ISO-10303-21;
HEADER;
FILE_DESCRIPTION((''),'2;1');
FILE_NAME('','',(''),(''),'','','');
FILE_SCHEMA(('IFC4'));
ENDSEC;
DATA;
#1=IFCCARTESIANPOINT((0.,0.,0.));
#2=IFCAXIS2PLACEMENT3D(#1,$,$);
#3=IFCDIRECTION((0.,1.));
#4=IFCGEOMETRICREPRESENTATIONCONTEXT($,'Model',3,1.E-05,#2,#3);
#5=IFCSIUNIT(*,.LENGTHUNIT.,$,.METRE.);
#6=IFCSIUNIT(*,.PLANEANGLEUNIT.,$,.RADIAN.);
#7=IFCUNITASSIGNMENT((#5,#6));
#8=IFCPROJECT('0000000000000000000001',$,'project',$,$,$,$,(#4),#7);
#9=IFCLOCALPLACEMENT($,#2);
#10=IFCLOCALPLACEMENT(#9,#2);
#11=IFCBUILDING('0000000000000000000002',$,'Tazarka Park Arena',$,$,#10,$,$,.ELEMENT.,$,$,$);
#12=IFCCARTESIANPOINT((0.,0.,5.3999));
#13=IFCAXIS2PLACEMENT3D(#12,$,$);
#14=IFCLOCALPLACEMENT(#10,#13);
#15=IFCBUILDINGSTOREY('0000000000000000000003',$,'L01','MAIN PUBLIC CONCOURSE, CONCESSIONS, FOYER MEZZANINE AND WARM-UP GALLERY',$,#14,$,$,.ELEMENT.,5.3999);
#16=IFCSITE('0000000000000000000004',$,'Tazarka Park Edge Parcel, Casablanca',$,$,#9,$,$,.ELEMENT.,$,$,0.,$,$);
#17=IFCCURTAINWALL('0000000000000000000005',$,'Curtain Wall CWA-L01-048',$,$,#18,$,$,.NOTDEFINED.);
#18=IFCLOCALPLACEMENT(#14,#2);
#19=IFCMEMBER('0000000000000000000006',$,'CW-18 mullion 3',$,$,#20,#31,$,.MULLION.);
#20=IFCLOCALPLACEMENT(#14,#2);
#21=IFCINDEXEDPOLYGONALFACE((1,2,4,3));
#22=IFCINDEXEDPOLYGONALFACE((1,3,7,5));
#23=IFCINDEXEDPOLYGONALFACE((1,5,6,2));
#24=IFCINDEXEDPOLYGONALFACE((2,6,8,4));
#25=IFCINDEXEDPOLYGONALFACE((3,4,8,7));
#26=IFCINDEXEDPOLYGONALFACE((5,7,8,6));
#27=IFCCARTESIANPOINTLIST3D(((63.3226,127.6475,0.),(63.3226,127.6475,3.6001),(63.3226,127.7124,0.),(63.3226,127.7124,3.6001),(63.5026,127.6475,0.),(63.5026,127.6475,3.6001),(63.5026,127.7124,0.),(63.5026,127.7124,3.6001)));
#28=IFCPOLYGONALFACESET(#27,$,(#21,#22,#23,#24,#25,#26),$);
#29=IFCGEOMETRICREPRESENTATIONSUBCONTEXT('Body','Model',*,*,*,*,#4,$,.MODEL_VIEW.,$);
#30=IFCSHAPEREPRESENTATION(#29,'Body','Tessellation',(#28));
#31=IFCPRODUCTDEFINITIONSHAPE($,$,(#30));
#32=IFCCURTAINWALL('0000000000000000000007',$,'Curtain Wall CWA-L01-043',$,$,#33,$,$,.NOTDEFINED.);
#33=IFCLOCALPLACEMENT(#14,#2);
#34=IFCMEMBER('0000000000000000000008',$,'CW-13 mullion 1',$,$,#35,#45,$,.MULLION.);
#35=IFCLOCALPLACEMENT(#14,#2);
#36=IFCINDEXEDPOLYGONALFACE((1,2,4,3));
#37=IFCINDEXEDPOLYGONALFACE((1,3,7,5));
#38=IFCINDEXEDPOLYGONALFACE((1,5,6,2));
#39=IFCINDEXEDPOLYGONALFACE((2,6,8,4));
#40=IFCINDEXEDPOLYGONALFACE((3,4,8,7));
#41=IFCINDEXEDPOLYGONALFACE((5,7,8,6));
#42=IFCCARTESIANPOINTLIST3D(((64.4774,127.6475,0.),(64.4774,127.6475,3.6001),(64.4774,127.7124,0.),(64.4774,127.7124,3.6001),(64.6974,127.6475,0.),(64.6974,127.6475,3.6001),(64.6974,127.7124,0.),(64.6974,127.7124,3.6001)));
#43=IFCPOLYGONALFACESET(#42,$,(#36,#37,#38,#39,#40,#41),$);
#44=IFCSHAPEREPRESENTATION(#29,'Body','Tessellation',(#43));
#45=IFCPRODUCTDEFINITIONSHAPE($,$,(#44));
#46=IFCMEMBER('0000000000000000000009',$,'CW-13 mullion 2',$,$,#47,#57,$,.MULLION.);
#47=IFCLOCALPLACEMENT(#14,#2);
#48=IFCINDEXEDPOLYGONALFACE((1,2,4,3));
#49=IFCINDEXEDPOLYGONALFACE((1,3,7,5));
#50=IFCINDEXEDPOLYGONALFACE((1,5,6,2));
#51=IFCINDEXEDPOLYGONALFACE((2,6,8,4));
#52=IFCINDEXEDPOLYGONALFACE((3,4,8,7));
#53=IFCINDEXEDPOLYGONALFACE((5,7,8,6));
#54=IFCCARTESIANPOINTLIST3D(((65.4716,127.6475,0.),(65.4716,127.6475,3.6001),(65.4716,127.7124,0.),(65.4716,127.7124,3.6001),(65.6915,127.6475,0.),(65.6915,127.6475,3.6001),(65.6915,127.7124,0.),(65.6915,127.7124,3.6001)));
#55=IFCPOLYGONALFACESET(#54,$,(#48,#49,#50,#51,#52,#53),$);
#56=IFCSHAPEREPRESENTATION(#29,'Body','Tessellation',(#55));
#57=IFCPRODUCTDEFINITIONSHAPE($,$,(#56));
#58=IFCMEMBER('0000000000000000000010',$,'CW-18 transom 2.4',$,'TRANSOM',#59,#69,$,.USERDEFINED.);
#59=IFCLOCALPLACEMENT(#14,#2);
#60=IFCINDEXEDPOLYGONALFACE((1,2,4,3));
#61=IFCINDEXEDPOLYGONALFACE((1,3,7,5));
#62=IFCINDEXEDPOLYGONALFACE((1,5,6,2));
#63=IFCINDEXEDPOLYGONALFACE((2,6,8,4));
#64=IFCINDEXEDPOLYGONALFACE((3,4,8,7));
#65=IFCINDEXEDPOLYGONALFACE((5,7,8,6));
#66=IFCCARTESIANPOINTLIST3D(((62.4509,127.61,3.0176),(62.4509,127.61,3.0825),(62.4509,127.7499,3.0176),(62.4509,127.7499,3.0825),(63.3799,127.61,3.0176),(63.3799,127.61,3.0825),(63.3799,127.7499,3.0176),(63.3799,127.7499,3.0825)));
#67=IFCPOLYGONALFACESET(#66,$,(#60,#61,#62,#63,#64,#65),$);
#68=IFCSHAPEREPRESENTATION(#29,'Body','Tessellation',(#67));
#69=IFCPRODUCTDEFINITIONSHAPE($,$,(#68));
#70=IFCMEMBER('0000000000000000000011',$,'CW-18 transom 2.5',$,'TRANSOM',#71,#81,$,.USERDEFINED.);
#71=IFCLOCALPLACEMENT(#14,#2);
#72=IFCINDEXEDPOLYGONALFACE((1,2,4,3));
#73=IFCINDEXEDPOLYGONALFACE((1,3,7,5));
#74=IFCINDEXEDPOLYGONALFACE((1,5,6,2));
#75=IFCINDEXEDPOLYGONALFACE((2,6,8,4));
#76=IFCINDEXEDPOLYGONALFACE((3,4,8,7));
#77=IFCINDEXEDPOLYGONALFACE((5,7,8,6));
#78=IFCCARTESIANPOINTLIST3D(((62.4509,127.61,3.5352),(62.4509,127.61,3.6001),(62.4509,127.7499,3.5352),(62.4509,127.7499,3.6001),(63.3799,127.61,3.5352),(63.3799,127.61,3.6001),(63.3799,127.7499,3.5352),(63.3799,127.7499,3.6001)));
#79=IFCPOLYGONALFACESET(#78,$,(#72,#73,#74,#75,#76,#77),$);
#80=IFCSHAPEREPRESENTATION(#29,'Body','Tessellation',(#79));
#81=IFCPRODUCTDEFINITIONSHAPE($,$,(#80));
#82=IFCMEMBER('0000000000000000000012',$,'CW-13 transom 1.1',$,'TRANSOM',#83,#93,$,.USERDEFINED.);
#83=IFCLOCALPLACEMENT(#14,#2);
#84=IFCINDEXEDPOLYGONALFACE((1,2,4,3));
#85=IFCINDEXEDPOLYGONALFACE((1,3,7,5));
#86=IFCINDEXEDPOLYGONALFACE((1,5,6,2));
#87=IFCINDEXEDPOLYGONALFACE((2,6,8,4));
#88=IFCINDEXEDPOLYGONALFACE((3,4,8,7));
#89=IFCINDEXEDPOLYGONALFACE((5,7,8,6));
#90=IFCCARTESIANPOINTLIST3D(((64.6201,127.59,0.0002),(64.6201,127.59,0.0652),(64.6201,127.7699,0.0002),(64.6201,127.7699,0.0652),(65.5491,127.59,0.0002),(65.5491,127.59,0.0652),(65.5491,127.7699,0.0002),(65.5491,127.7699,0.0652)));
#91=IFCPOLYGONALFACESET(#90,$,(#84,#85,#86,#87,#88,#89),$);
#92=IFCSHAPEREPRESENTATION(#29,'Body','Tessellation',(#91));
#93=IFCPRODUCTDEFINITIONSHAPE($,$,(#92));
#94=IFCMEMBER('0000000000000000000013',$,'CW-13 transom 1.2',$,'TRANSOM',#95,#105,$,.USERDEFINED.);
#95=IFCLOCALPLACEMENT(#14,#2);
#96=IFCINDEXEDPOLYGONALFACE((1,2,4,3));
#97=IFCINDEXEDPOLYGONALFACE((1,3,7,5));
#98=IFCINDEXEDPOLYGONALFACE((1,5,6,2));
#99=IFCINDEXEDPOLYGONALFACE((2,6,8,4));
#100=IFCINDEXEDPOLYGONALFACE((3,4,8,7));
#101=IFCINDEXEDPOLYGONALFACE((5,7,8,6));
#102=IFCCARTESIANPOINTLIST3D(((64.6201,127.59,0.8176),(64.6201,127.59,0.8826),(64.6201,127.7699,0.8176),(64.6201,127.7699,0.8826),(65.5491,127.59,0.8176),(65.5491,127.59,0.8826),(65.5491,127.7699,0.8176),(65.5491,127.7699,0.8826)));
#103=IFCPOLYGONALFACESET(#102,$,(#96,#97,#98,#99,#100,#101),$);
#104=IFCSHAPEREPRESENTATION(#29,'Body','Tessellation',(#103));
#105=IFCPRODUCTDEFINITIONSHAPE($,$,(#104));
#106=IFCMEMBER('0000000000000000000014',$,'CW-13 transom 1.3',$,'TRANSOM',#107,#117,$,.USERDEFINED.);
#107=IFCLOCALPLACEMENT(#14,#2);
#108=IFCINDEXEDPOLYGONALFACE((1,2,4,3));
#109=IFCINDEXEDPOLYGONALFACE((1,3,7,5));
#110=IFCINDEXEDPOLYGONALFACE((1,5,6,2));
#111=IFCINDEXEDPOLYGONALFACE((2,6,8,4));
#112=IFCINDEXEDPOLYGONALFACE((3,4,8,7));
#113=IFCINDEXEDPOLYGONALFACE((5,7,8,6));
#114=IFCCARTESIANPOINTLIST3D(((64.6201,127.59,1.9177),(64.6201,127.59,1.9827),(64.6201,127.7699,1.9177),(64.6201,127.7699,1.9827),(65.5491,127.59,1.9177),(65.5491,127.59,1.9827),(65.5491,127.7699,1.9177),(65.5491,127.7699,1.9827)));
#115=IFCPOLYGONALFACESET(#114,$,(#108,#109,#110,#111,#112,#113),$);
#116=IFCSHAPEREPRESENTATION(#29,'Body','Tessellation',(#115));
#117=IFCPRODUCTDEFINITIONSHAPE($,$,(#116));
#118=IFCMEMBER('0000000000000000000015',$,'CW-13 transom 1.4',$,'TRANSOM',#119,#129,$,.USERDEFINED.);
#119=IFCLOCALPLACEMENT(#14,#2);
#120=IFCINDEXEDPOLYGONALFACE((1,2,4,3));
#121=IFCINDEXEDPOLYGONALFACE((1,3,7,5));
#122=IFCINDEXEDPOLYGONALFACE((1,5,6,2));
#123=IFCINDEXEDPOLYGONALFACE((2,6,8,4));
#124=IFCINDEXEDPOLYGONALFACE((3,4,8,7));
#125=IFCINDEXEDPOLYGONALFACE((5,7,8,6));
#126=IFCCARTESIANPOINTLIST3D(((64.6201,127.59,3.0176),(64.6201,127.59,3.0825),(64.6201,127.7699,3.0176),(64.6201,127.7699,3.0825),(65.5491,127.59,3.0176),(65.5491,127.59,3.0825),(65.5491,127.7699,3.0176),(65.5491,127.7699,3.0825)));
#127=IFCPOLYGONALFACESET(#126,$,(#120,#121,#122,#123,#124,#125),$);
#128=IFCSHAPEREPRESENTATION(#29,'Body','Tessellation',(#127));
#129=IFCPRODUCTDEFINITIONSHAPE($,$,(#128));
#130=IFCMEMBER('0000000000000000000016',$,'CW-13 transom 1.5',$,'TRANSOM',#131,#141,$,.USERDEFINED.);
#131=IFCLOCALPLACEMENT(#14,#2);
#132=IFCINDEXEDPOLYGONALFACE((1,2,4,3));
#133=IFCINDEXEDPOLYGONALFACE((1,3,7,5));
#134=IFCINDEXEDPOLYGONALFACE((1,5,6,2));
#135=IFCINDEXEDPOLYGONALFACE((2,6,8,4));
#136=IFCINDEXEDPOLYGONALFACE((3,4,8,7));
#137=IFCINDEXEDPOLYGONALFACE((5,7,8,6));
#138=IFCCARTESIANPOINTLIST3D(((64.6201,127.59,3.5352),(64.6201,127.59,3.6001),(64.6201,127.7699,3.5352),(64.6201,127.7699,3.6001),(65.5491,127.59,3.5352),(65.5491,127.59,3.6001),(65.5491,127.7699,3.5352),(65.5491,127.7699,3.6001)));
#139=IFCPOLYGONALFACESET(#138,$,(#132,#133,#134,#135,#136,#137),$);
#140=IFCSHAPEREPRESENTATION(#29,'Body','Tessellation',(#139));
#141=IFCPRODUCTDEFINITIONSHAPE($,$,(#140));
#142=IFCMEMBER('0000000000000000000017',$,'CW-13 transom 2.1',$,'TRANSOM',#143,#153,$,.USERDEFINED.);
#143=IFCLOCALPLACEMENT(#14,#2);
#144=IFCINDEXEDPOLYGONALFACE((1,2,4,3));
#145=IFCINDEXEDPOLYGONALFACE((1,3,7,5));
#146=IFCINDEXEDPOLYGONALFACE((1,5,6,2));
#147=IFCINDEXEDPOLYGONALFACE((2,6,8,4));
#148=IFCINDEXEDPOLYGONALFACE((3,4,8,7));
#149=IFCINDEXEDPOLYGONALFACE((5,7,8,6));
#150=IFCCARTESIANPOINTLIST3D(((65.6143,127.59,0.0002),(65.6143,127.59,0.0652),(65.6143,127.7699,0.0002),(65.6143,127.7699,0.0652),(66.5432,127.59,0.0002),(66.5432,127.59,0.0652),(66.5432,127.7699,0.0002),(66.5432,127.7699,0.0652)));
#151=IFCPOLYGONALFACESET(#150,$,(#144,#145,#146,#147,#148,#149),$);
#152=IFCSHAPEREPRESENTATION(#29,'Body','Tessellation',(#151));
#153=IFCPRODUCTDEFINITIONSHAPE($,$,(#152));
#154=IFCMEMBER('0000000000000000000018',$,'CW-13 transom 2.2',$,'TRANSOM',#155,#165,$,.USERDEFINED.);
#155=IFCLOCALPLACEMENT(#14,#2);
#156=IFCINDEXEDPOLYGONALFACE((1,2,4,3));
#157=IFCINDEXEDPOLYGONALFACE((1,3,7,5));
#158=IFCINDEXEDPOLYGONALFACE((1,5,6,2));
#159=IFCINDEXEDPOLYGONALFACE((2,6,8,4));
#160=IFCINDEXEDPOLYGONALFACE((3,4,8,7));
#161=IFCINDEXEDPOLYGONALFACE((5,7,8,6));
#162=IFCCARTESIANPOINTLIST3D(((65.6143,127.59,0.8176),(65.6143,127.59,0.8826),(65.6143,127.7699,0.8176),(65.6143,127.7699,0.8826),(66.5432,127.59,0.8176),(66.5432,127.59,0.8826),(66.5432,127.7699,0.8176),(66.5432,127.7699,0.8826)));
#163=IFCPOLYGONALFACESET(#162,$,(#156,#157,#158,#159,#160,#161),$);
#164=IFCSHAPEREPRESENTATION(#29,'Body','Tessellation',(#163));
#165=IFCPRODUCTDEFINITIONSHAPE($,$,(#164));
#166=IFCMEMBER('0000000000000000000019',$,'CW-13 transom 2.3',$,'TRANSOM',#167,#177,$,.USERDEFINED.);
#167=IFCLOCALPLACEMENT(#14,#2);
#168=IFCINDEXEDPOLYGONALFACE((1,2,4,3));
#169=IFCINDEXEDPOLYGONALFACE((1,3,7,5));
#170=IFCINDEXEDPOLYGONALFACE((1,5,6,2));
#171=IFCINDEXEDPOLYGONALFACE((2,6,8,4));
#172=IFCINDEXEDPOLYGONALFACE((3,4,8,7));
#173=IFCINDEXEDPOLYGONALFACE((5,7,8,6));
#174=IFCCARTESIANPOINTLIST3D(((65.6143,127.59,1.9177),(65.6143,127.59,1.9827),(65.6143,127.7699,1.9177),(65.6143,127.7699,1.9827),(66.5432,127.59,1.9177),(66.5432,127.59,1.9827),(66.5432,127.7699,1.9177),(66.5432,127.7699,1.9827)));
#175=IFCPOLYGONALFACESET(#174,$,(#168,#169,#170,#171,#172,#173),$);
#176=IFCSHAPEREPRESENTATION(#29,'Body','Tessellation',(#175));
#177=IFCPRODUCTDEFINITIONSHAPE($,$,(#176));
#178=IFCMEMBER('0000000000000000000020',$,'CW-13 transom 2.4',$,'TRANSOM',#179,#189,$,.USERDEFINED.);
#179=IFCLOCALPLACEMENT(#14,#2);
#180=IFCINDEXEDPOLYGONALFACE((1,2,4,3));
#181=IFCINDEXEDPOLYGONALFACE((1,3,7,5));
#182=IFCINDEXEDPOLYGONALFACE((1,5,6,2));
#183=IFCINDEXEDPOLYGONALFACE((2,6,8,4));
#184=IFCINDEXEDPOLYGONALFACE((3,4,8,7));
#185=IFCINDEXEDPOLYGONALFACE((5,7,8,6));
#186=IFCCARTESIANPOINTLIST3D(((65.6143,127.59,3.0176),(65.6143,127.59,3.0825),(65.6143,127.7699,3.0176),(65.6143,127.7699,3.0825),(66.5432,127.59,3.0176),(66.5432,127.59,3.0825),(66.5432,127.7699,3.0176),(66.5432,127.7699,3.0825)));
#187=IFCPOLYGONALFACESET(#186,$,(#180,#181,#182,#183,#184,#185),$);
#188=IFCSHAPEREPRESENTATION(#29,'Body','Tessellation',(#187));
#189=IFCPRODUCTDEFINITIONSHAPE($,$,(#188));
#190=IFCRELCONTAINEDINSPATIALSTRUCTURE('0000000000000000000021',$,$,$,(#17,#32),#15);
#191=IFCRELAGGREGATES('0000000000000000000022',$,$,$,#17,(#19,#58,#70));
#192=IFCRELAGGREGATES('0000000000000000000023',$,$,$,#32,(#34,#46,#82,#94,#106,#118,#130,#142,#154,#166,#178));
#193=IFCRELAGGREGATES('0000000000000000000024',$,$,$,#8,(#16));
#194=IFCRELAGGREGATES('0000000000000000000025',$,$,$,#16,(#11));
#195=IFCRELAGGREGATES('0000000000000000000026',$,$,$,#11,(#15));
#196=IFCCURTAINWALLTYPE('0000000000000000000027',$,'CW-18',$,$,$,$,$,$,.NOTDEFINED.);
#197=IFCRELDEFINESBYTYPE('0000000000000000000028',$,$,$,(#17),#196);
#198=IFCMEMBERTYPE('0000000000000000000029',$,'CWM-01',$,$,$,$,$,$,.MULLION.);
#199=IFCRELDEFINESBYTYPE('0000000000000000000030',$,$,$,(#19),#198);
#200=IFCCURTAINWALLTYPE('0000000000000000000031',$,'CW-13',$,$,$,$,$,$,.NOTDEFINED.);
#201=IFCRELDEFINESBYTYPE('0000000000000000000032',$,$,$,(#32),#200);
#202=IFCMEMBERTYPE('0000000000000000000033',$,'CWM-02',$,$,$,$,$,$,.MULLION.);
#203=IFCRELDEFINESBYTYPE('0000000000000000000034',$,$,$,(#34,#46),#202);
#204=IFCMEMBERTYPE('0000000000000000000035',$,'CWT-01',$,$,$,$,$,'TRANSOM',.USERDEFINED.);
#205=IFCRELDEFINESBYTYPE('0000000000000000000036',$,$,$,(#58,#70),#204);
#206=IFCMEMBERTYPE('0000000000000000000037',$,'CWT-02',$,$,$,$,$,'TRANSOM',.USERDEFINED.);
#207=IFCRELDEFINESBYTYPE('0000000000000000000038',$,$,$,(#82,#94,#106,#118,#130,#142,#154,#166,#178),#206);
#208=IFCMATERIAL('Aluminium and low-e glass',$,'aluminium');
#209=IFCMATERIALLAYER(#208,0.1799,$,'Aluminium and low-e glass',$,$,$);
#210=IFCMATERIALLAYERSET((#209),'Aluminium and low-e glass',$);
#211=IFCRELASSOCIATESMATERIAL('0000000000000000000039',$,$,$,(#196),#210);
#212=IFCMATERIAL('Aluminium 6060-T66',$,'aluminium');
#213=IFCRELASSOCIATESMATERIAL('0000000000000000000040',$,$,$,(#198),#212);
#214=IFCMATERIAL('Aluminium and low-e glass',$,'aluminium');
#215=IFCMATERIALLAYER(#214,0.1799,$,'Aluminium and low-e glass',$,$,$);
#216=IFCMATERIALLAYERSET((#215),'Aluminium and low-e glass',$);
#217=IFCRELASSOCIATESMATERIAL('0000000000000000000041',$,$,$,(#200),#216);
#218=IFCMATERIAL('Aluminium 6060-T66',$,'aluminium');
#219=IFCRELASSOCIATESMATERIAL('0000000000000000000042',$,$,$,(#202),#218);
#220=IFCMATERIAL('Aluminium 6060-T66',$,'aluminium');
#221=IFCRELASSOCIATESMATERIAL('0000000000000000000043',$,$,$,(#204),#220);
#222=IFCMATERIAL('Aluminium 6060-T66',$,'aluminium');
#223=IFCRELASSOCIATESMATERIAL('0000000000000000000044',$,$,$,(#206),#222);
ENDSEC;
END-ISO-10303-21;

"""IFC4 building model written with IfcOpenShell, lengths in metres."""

from ifc_helpers import new_model, si_unit, direction, frame, origin, origin_2d, place, context, subcontext, project, spatial, rectangle, extrude, material, layer, layer_set, material_profile, profile_set, type_object, element, aggregate, save


model = new_model("IFC4")

# Units and contexts
model_context = context("Model", 3, precision=1e-05, world=origin(), true_north=direction((0.0, 1.0)))
body_context = subcontext(model_context, "Body", "Model", "MODEL_VIEW")
ifc_project = project(units=[si_unit("LENGTHUNIT", "METRE"), si_unit("PLANEANGLEUNIT", "RADIAN")], contexts=[model_context])

# Site, building, storey
site_placement = place(None, origin())
site = spatial("IfcSite", under=ifc_project, at=site_placement, Name="Tazarka Park Edge Parcel, Casablanca", CompositionType="ELEMENT", RefElevation=0.0)
building_placement = place(site_placement, origin())
building = spatial("IfcBuilding", under=site, at=building_placement, Name="Tazarka Park Arena", CompositionType="ELEMENT")
storey_placement = place(building_placement, frame((0.0, 0.0, 5.3999)))
storey = spatial("IfcBuildingStorey", under=building, at=storey_placement, Name="L01", Description="MAIN PUBLIC CONCOURSE, CONCESSIONS, FOYER MEZZANINE AND WARM-UP GALLERY", CompositionType="ELEMENT", Elevation=5.3999)

# Curtain wall, member
ifc_material_1 = material(Name="Aluminium and low-e glass", Category="aluminium")
ifc_layer_1 = layer(ifc_material_1, 0.1799, Name="Aluminium and low-e glass")
ifc_layer_set_1 = layer_set([ifc_layer_1], Name="Aluminium and low-e glass")
curtain_wall_type_1 = type_object("IfcCurtainWallType", Name="CW-18", PredefinedType="NOTDEFINED", material=ifc_layer_set_1)
curtain_wall_1_placement = place(storey_placement, origin())
curtain_wall_1 = element("IfcCurtainWall", 1, at=curtain_wall_1_placement, inside=storey, type_object=curtain_wall_type_1, Name="Curtain Wall CWA-L01-048", PredefinedType="NOTDEFINED")
ifc_material_2 = material(Name="Aluminium 6060-T66", Category="aluminium")
ifc_material_profile_1 = material_profile(ifc_material_2, rectangle(XDim=0.0649, YDim=0.1799, at=origin_2d()), Name="Aluminium 6060-T66")
ifc_profile_set_1 = profile_set([ifc_material_profile_1], Name="Aluminium 6060-T66")
member_type_1 = type_object("IfcMemberType", Name="CWM-01", PredefinedType="MULLION", material=ifc_profile_set_1)
member_1_placement = place(storey_placement, frame((63.4126, 127.6799, 0.0), z_axis=(0.0, 0.0, 1.0), x_axis=(0.0, 1.0, 0.0)))
member_1 = element("IfcMember", 2, at=member_1_placement, type_object=member_type_1, Name="CW-18 mullion 3", PredefinedType="MULLION", context=body_context, shape_type="SweptSolid", body=[
    extrude(rectangle(XDim=0.0649, YDim=0.1799, at=origin_2d()), origin(), (0.0, 0.0, 1.0), 3.6001),
])

# Curtain wall, members
ifc_material_3 = material(Name="Aluminium and low-e glass", Category="aluminium")
ifc_layer_2 = layer(ifc_material_3, 0.1799, Name="Aluminium and low-e glass")
ifc_layer_set_2 = layer_set([ifc_layer_2], Name="Aluminium and low-e glass")
curtain_wall_type_2 = type_object("IfcCurtainWallType", Name="CW-13", PredefinedType="NOTDEFINED", material=ifc_layer_set_2)
curtain_wall_2_placement = place(storey_placement, origin())
curtain_wall_2 = element("IfcCurtainWall", 3, at=curtain_wall_2_placement, inside=storey, type_object=curtain_wall_type_2, Name="Curtain Wall CWA-L01-043", PredefinedType="NOTDEFINED")
ifc_material_4 = material(Name="Aluminium 6060-T66", Category="aluminium")
ifc_material_profile_2 = material_profile(ifc_material_4, rectangle(XDim=0.0649, YDim=0.22, at=origin_2d()), Name="Aluminium 6060-T66")
ifc_profile_set_2 = profile_set([ifc_material_profile_2], Name="Aluminium 6060-T66")
member_type_2 = type_object("IfcMemberType", Name="CWM-02", PredefinedType="MULLION", material=ifc_profile_set_2)
member_2_placement = place(storey_placement, frame((64.5874, 127.6799, 0.0), z_axis=(0.0, 0.0, 1.0), x_axis=(0.0, 1.0, 0.0)))
member_2 = element("IfcMember", 4, at=member_2_placement, type_object=member_type_2, Name="CW-13 mullion 1", PredefinedType="MULLION", context=body_context, shape_type="SweptSolid", body=[
    extrude(rectangle(XDim=0.0649, YDim=0.22, at=origin_2d()), origin(), (0.0, 0.0, 1.0), 3.6001),
])
member_3_placement = place(storey_placement, frame((65.5815, 127.6799, 0.0), z_axis=(0.0, 0.0, 1.0), x_axis=(0.0, 1.0, 0.0)))
member_3 = element("IfcMember", 5, at=member_3_placement, type_object=member_type_2, Name="CW-13 mullion 2", PredefinedType="MULLION", context=body_context, shape_type="SweptSolid", body=[
    extrude(rectangle(XDim=0.0649, YDim=0.22, at=origin_2d()), origin(), (0.0, 0.0, 1.0), 3.6001),
])

# Members
ifc_material_5 = material(Name="Aluminium 6060-T66", Category="aluminium")
ifc_material_profile_3 = material_profile(ifc_material_5, rectangle(XDim=0.1399, YDim=0.0649, at=origin_2d()), Name="Aluminium 6060-T66")
ifc_profile_set_3 = profile_set([ifc_material_profile_3], Name="Aluminium 6060-T66")
member_type_3 = type_object("IfcMemberType", Name="CWT-01", ElementType="TRANSOM", PredefinedType="USERDEFINED", material=ifc_profile_set_3)
member_4_placement = place(storey_placement, frame((62.4509, 127.6799, 3.05), z_axis=(1.0, 0.0, 0.0), x_axis=(0.0, 1.0, 0.0)))
member_4 = element("IfcMember", 6, at=member_4_placement, type_object=member_type_3, Name="CW-18 transom 2.4", ObjectType="TRANSOM", PredefinedType="USERDEFINED", context=body_context, shape_type="SweptSolid", body=[
    extrude(rectangle(XDim=0.1399, YDim=0.0649, at=origin_2d()), origin(), (0.0, 0.0, 1.0), 0.929),
])
member_5_placement = place(storey_placement, frame((62.4509, 127.6799, 3.5676), z_axis=(1.0, 0.0, 0.0), x_axis=(0.0, 1.0, 0.0)))
member_5 = element("IfcMember", 7, at=member_5_placement, type_object=member_type_3, Name="CW-18 transom 2.5", ObjectType="TRANSOM", PredefinedType="USERDEFINED", context=body_context, shape_type="SweptSolid", body=[
    extrude(rectangle(XDim=0.1399, YDim=0.0649, at=origin_2d()), origin(), (0.0, 0.0, 1.0), 0.929),
])
ifc_material_6 = material(Name="Aluminium 6060-T66", Category="aluminium")
ifc_material_profile_4 = material_profile(ifc_material_6, rectangle(XDim=0.1799, YDim=0.0649, at=origin_2d()), Name="Aluminium 6060-T66")
ifc_profile_set_4 = profile_set([ifc_material_profile_4], Name="Aluminium 6060-T66")
member_type_4 = type_object("IfcMemberType", Name="CWT-02", ElementType="TRANSOM", PredefinedType="USERDEFINED", material=ifc_profile_set_4)
member_6_placement = place(storey_placement, frame((64.6201, 127.6799, 0.0327), z_axis=(1.0, 0.0, 0.0), x_axis=(0.0, 1.0, 0.0)))
member_6 = element("IfcMember", 8, at=member_6_placement, type_object=member_type_4, Name="CW-13 transom 1.1", ObjectType="TRANSOM", PredefinedType="USERDEFINED", context=body_context, shape_type="SweptSolid", body=[
    extrude(rectangle(XDim=0.1799, YDim=0.0649, at=origin_2d()), origin(), (0.0, 0.0, 1.0), 0.929),
])
member_7_placement = place(storey_placement, frame((64.6201, 127.6799, 0.8501), z_axis=(1.0, 0.0, 0.0), x_axis=(0.0, 1.0, 0.0)))
member_7 = element("IfcMember", 9, at=member_7_placement, type_object=member_type_4, Name="CW-13 transom 1.2", ObjectType="TRANSOM", PredefinedType="USERDEFINED", context=body_context, shape_type="SweptSolid", body=[
    extrude(rectangle(XDim=0.1799, YDim=0.0649, at=origin_2d()), origin(), (0.0, 0.0, 1.0), 0.929),
])
member_8_placement = place(storey_placement, frame((64.6201, 127.6799, 1.9502), z_axis=(1.0, 0.0, 0.0), x_axis=(0.0, 1.0, 0.0)))
member_8 = element("IfcMember", 10, at=member_8_placement, type_object=member_type_4, Name="CW-13 transom 1.3", ObjectType="TRANSOM", PredefinedType="USERDEFINED", context=body_context, shape_type="SweptSolid", body=[
    extrude(rectangle(XDim=0.1799, YDim=0.0649, at=origin_2d()), origin(), (0.0, 0.0, 1.0), 0.929),
])
member_9_placement = place(storey_placement, frame((64.6201, 127.6799, 3.05), z_axis=(1.0, 0.0, 0.0), x_axis=(0.0, 1.0, 0.0)))
member_9 = element("IfcMember", 11, at=member_9_placement, type_object=member_type_4, Name="CW-13 transom 1.4", ObjectType="TRANSOM", PredefinedType="USERDEFINED", context=body_context, shape_type="SweptSolid", body=[
    extrude(rectangle(XDim=0.1799, YDim=0.0649, at=origin_2d()), origin(), (0.0, 0.0, 1.0), 0.929),
])
member_10_placement = place(storey_placement, frame((64.6201, 127.6799, 3.5676), z_axis=(1.0, 0.0, 0.0), x_axis=(0.0, 1.0, 0.0)))
member_10 = element("IfcMember", 12, at=member_10_placement, type_object=member_type_4, Name="CW-13 transom 1.5", ObjectType="TRANSOM", PredefinedType="USERDEFINED", context=body_context, shape_type="SweptSolid", body=[
    extrude(rectangle(XDim=0.1799, YDim=0.0649, at=origin_2d()), origin(), (0.0, 0.0, 1.0), 0.929),
])
member_11_placement = place(storey_placement, frame((65.6143, 127.6799, 0.0327), z_axis=(1.0, 0.0, 0.0), x_axis=(0.0, 1.0, 0.0)))
member_11 = element("IfcMember", 13, at=member_11_placement, type_object=member_type_4, Name="CW-13 transom 2.1", ObjectType="TRANSOM", PredefinedType="USERDEFINED", context=body_context, shape_type="SweptSolid", body=[
    extrude(rectangle(XDim=0.1799, YDim=0.0649, at=origin_2d()), origin(), (0.0, 0.0, 1.0), 0.929),
])
member_12_placement = place(storey_placement, frame((65.6143, 127.6799, 0.8501), z_axis=(1.0, 0.0, 0.0), x_axis=(0.0, 1.0, 0.0)))
member_12 = element("IfcMember", 14, at=member_12_placement, type_object=member_type_4, Name="CW-13 transom 2.2", ObjectType="TRANSOM", PredefinedType="USERDEFINED", context=body_context, shape_type="SweptSolid", body=[
    extrude(rectangle(XDim=0.1799, YDim=0.0649, at=origin_2d()), origin(), (0.0, 0.0, 1.0), 0.929),
])
member_13_placement = place(storey_placement, frame((65.6143, 127.6799, 1.9502), z_axis=(1.0, 0.0, 0.0), x_axis=(0.0, 1.0, 0.0)))
member_13 = element("IfcMember", 15, at=member_13_placement, type_object=member_type_4, Name="CW-13 transom 2.3", ObjectType="TRANSOM", PredefinedType="USERDEFINED", context=body_context, shape_type="SweptSolid", body=[
    extrude(rectangle(XDim=0.1799, YDim=0.0649, at=origin_2d()), origin(), (0.0, 0.0, 1.0), 0.929),
])
member_14_placement = place(storey_placement, frame((65.6143, 127.6799, 3.05), z_axis=(1.0, 0.0, 0.0), x_axis=(0.0, 1.0, 0.0)))
member_14 = element("IfcMember", 16, at=member_14_placement, type_object=member_type_4, Name="CW-13 transom 2.4", ObjectType="TRANSOM", PredefinedType="USERDEFINED", context=body_context, shape_type="SweptSolid", body=[
    extrude(rectangle(XDim=0.1799, YDim=0.0649, at=origin_2d()), origin(), (0.0, 0.0, 1.0), 0.929),
])

aggregate(curtain_wall_1, [member_1, member_4, member_5])
aggregate(curtain_wall_2, [member_2, member_3, member_6, member_7, member_8, member_9, member_10, member_11, member_12, member_13, member_14])

save(model, "model.ifc")
